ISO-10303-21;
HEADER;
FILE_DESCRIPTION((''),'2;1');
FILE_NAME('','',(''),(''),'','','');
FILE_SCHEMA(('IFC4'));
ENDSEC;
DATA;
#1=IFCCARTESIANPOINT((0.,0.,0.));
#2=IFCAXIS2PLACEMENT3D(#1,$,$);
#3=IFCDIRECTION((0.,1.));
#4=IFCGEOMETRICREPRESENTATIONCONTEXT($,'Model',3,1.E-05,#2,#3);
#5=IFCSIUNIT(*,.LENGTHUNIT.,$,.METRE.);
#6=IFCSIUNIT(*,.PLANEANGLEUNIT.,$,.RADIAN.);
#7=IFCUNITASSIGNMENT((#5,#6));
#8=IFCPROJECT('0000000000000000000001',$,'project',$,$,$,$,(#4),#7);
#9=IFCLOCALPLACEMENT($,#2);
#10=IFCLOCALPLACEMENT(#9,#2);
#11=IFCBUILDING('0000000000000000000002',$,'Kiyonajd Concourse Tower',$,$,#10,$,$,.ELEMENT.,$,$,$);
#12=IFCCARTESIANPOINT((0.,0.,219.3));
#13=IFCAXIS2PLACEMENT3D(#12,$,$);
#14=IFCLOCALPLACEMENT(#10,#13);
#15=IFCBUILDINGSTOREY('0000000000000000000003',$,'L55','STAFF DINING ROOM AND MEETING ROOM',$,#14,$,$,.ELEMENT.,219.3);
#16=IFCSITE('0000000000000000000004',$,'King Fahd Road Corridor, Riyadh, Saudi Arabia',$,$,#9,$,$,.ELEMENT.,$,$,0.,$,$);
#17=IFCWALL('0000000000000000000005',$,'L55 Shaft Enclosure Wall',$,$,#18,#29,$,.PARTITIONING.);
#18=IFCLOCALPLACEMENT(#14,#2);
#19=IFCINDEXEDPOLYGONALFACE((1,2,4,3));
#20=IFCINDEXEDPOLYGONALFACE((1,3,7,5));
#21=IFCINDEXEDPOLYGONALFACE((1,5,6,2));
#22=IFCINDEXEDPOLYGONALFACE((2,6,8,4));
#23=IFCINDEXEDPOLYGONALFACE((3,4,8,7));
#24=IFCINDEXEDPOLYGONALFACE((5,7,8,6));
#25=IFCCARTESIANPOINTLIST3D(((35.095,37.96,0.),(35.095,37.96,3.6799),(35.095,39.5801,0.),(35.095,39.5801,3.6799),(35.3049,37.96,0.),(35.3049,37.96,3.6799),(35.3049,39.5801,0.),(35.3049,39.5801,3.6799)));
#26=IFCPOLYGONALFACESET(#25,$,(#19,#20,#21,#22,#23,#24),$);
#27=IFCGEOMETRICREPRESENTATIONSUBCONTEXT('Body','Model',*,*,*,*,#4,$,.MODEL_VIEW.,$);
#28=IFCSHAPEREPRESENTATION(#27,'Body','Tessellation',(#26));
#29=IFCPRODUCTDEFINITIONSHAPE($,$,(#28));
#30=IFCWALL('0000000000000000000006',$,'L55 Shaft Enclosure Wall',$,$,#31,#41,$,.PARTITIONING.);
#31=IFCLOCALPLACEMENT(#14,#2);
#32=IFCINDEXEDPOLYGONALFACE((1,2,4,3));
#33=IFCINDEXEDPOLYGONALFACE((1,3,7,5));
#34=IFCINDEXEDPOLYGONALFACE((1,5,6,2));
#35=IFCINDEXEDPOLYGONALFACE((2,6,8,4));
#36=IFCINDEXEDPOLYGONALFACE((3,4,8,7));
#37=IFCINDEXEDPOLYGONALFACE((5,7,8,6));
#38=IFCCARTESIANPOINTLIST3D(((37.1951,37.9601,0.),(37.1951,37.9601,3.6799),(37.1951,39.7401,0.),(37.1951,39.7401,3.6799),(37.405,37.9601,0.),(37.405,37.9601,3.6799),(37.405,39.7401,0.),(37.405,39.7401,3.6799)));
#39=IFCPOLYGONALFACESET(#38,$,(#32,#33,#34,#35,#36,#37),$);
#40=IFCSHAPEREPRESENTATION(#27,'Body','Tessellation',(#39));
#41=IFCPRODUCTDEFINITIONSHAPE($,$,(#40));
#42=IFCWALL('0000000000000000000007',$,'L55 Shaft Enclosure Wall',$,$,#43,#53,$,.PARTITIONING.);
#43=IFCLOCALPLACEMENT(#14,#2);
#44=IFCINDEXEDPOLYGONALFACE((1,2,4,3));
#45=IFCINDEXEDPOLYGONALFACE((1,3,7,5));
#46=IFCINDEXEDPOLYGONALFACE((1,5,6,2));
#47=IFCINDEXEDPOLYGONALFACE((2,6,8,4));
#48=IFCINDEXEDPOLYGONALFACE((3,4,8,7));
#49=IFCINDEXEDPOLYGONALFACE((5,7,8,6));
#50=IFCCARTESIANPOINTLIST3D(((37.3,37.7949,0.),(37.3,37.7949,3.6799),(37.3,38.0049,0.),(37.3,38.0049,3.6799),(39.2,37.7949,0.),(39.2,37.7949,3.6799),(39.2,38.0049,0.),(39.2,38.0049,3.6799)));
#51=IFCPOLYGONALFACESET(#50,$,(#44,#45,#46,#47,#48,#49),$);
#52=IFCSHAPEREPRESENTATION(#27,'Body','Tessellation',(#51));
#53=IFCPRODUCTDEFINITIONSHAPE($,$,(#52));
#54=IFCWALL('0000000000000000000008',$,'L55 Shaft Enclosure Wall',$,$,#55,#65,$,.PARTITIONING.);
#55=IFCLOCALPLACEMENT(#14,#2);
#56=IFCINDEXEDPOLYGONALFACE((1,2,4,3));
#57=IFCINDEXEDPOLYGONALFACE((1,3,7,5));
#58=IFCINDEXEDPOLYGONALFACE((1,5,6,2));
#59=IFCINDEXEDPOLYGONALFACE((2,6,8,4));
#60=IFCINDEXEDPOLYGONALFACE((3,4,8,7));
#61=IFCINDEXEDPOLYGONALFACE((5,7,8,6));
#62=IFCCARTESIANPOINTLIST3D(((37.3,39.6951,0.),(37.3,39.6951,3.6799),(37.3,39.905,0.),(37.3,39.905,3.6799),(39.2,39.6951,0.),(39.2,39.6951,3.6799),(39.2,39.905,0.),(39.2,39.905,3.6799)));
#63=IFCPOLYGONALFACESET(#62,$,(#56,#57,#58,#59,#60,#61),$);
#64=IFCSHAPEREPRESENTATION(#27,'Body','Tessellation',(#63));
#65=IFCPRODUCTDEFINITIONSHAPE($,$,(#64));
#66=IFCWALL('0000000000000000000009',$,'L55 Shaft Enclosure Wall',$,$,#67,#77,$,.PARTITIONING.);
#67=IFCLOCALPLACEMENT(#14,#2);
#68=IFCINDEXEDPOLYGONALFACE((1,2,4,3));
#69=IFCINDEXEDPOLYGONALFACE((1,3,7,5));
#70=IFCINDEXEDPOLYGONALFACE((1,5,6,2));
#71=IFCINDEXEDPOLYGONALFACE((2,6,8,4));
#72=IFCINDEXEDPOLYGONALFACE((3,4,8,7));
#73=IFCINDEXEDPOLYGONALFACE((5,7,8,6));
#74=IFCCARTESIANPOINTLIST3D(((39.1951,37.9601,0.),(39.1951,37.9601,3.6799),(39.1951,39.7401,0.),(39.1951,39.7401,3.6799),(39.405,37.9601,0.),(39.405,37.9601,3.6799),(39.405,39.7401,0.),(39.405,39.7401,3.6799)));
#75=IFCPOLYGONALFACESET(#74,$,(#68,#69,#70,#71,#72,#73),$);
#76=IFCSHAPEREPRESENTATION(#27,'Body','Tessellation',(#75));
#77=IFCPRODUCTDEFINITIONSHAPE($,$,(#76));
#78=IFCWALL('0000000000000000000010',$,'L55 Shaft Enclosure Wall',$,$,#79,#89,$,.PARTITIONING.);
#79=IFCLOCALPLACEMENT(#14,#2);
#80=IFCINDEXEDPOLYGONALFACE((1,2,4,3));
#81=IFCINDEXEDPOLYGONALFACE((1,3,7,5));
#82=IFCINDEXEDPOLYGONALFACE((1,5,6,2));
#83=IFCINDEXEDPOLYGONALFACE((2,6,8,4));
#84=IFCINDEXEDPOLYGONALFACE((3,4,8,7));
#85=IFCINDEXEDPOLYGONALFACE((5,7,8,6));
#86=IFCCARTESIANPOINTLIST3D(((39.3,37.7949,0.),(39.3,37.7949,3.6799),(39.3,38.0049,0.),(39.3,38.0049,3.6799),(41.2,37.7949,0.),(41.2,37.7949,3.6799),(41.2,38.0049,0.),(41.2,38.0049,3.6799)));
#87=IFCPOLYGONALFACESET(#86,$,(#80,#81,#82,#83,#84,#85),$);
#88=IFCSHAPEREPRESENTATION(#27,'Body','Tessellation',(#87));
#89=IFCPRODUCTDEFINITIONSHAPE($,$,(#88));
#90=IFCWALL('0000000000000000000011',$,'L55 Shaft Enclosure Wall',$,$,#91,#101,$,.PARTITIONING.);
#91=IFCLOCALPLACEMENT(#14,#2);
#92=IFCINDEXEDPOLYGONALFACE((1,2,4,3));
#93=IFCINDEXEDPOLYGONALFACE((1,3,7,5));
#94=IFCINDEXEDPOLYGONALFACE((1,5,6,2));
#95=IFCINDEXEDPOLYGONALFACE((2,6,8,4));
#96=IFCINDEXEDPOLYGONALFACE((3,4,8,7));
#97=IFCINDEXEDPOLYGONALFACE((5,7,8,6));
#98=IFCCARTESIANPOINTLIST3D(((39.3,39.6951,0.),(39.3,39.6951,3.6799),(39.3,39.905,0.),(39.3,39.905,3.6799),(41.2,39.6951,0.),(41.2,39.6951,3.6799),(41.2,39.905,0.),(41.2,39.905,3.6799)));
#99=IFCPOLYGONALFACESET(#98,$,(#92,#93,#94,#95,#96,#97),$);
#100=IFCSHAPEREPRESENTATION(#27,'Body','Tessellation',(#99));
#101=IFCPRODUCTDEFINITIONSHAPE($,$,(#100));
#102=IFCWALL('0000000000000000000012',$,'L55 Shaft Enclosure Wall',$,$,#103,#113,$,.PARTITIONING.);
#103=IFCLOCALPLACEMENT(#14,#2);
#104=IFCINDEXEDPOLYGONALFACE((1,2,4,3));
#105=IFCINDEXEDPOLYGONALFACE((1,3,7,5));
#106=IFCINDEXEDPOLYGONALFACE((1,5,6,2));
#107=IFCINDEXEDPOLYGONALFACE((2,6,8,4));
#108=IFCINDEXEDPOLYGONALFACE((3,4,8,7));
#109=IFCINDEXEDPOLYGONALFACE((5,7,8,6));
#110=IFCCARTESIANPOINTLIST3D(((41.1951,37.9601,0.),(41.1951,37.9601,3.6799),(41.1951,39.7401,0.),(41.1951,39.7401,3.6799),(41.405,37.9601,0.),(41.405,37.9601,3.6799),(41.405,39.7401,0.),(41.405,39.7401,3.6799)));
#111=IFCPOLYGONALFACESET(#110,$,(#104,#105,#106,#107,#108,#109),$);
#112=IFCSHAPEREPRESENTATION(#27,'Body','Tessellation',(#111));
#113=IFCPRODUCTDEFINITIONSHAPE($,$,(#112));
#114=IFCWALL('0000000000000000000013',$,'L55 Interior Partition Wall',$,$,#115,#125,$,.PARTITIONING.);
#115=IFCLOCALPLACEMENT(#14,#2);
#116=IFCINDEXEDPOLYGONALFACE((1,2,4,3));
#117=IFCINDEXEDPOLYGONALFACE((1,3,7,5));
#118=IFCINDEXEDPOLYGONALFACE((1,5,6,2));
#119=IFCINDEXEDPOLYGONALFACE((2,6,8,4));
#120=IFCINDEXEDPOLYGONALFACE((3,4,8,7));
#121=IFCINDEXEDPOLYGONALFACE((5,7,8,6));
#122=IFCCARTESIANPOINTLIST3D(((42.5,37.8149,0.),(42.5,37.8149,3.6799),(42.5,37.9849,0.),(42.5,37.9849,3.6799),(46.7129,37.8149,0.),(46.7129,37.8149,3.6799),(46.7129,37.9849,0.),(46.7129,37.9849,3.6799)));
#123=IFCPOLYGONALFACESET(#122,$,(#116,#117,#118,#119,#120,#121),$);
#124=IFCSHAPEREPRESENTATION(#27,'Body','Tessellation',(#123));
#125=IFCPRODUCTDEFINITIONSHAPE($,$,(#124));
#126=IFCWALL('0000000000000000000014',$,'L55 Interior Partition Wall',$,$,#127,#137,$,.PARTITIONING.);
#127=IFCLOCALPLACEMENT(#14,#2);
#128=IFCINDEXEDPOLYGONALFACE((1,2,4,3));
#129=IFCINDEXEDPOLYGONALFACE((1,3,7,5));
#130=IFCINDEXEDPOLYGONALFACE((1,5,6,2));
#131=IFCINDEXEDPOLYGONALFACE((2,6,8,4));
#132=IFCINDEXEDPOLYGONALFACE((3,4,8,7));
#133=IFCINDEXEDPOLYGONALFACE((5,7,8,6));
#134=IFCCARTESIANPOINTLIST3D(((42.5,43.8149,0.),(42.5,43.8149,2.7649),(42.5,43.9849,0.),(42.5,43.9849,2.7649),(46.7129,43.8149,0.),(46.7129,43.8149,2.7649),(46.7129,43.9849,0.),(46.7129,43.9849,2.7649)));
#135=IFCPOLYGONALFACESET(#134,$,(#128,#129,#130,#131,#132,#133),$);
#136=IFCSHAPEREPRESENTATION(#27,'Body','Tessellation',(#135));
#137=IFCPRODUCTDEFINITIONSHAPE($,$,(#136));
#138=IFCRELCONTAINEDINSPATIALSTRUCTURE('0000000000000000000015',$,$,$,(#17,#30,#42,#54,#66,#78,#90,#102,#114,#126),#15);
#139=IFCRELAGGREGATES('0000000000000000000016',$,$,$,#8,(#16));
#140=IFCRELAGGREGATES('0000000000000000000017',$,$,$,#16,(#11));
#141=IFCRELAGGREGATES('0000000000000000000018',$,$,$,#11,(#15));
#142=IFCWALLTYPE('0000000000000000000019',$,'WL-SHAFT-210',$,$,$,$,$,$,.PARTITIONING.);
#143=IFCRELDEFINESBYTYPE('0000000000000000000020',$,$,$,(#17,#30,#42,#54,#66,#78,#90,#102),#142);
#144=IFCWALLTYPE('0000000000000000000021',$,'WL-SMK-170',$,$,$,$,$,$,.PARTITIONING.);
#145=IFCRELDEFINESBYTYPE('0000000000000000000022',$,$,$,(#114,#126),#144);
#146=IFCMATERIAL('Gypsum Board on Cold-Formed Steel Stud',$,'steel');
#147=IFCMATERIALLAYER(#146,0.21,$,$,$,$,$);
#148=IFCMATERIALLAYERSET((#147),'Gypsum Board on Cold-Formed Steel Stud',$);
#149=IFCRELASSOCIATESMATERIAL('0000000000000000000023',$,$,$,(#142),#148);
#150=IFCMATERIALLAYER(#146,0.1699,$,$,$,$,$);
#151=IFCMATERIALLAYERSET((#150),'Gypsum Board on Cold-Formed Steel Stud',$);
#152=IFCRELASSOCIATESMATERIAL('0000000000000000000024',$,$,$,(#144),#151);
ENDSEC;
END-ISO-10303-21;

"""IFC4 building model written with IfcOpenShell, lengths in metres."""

from ifc_helpers import new_model, si_unit, direction, frame, frame_2d, origin, place, context, subcontext, project, spatial, rectangle, extrude, material, layer, layer_set, type_object, element, save


model = new_model("IFC4")

# Units and contexts
model_context = context("Model", 3, precision=1e-05, world=origin(), true_north=direction((0.0, 1.0)))
body_context = subcontext(model_context, "Body", "Model", "MODEL_VIEW")
ifc_project = project(units=[si_unit("LENGTHUNIT", "METRE"), si_unit("PLANEANGLEUNIT", "RADIAN")], contexts=[model_context])

# Site, building, storey
site_placement = place(None, origin())
site = spatial("IfcSite", under=ifc_project, at=site_placement, Name="King Fahd Road Corridor, Riyadh, Saudi Arabia", CompositionType="ELEMENT", RefElevation=0.0)
building_placement = place(site_placement, origin())
building = spatial("IfcBuilding", under=site, at=building_placement, Name="Kiyonajd Concourse Tower", CompositionType="ELEMENT")
storey_placement = place(building_placement, frame((0.0, 0.0, 219.3)))
storey = spatial("IfcBuildingStorey", under=building, at=storey_placement, Name="L55", Description="STAFF DINING ROOM AND MEETING ROOM", CompositionType="ELEMENT", Elevation=219.3)

# Walls
ifc_material_1 = material(Name="Gypsum Board on Cold-Formed Steel Stud", Category="steel")
ifc_layer_1 = layer(ifc_material_1, 0.21)
ifc_layer_set_1 = layer_set([ifc_layer_1], Name="Gypsum Board on Cold-Formed Steel Stud")
wall_type_1 = type_object("IfcWallType", Name="WL-SHAFT-210", PredefinedType="PARTITIONING", material=ifc_layer_set_1)
wall_1_placement = place(storey_placement, frame((35.2, 37.96, 0.0), z_axis=(0.0, 0.0, 1.0), x_axis=(0.0, 1.0, 0.0)))
element("IfcWall", 1, at=wall_1_placement, inside=storey, type_object=wall_type_1, Name="L55 Shaft Enclosure Wall", PredefinedType="PARTITIONING", context=body_context, shape_type="SweptSolid", body=[
    extrude(rectangle(XDim=1.6201, YDim=0.21, at=frame_2d((0.8101, 0.0))), origin(), (0.0, 0.0, 1.0), 3.6799),
])
wall_2_placement = place(storey_placement, frame((37.3, 37.96, 0.0), z_axis=(0.0, 0.0, 1.0), x_axis=(0.0, 1.0, 0.0)))
element("IfcWall", 2, at=wall_2_placement, inside=storey, type_object=wall_type_1, Name="L55 Shaft Enclosure Wall", PredefinedType="PARTITIONING", context=body_context, shape_type="SweptSolid", body=[
    extrude(rectangle(XDim=1.78, YDim=0.21, at=frame_2d((0.8901, 0.0))), origin(), (0.0, 0.0, 1.0), 3.6799),
])
for number, where, z_axis, x_axis, name in (
    (3, (37.3, 37.8999, 0.0), (0.0, 0.0, 1.0), (1.0, 0.0, 0.0), "L55 Shaft Enclosure Wall"),
    (4, (37.3, 39.8, 0.0), (0.0, 0.0, 1.0), (1.0, 0.0, 0.0), "L55 Shaft Enclosure Wall"),
):
    element("IfcWall", number, at=place(storey_placement, frame(where, z_axis=z_axis, x_axis=x_axis)), inside=storey, type_object=wall_type_1, Name=name, PredefinedType="PARTITIONING", context=body_context, shape_type="SweptSolid", body=[
        extrude(rectangle(XDim=1.8999, YDim=0.21, at=frame_2d((0.95, 0.0))), origin(), (0.0, 0.0, 1.0), 3.6799),
    ])
wall_3_placement = place(storey_placement, frame((39.3, 37.96, 0.0), z_axis=(0.0, 0.0, 1.0), x_axis=(0.0, 1.0, 0.0)))
element("IfcWall", 5, at=wall_3_placement, inside=storey, type_object=wall_type_1, Name="L55 Shaft Enclosure Wall", PredefinedType="PARTITIONING", context=body_context, shape_type="SweptSolid", body=[
    extrude(rectangle(XDim=1.78, YDim=0.21, at=frame_2d((0.8901, 0.0))), origin(), (0.0, 0.0, 1.0), 3.6799),
])
for number, where, z_axis, x_axis, name in (
    (6, (39.3, 37.8999, 0.0), (0.0, 0.0, 1.0), (1.0, 0.0, 0.0), "L55 Shaft Enclosure Wall"),
    (7, (39.3, 39.8, 0.0), (0.0, 0.0, 1.0), (1.0, 0.0, 0.0), "L55 Shaft Enclosure Wall"),
):
    element("IfcWall", number, at=place(storey_placement, frame(where, z_axis=z_axis, x_axis=x_axis)), inside=storey, type_object=wall_type_1, Name=name, PredefinedType="PARTITIONING", context=body_context, shape_type="SweptSolid", body=[
        extrude(rectangle(XDim=1.8999, YDim=0.21, at=frame_2d((0.95, 0.0))), origin(), (0.0, 0.0, 1.0), 3.6799),
    ])
wall_4_placement = place(storey_placement, frame((41.3, 37.96, 0.0), z_axis=(0.0, 0.0, 1.0), x_axis=(0.0, 1.0, 0.0)))
element("IfcWall", 8, at=wall_4_placement, inside=storey, type_object=wall_type_1, Name="L55 Shaft Enclosure Wall", PredefinedType="PARTITIONING", context=body_context, shape_type="SweptSolid", body=[
    extrude(rectangle(XDim=1.78, YDim=0.21, at=frame_2d((0.8901, 0.0))), origin(), (0.0, 0.0, 1.0), 3.6799),
])
ifc_layer_2 = layer(ifc_material_1, 0.1699)
ifc_layer_set_2 = layer_set([ifc_layer_2], Name="Gypsum Board on Cold-Formed Steel Stud")
wall_type_2 = type_object("IfcWallType", Name="WL-SMK-170", PredefinedType="PARTITIONING", material=ifc_layer_set_2)
wall_5_placement = place(storey_placement, frame((42.5, 37.8999, 0.0), z_axis=(0.0, 0.0, 1.0), x_axis=(1.0, 0.0, 0.0)))
element("IfcWall", 9, at=wall_5_placement, inside=storey, type_object=wall_type_2, Name="L55 Interior Partition Wall", PredefinedType="PARTITIONING", context=body_context, shape_type="SweptSolid", body=[
    extrude(rectangle(XDim=4.2129, YDim=0.1699, at=frame_2d((2.1064, 0.0))), origin(), (0.0, 0.0, 1.0), 3.6799),
])
wall_6_placement = place(storey_placement, frame((42.5, 43.8999, 0.0), z_axis=(0.0, 0.0, 1.0), x_axis=(1.0, 0.0, 0.0)))
element("IfcWall", 10, at=wall_6_placement, inside=storey, type_object=wall_type_2, Name="L55 Interior Partition Wall", PredefinedType="PARTITIONING", context=body_context, shape_type="SweptSolid", body=[
    extrude(rectangle(XDim=4.2129, YDim=0.1699, at=frame_2d((2.1064, 0.0))), origin(), (0.0, 0.0, 1.0), 2.7649),
])

save(model, "model.ifc")
